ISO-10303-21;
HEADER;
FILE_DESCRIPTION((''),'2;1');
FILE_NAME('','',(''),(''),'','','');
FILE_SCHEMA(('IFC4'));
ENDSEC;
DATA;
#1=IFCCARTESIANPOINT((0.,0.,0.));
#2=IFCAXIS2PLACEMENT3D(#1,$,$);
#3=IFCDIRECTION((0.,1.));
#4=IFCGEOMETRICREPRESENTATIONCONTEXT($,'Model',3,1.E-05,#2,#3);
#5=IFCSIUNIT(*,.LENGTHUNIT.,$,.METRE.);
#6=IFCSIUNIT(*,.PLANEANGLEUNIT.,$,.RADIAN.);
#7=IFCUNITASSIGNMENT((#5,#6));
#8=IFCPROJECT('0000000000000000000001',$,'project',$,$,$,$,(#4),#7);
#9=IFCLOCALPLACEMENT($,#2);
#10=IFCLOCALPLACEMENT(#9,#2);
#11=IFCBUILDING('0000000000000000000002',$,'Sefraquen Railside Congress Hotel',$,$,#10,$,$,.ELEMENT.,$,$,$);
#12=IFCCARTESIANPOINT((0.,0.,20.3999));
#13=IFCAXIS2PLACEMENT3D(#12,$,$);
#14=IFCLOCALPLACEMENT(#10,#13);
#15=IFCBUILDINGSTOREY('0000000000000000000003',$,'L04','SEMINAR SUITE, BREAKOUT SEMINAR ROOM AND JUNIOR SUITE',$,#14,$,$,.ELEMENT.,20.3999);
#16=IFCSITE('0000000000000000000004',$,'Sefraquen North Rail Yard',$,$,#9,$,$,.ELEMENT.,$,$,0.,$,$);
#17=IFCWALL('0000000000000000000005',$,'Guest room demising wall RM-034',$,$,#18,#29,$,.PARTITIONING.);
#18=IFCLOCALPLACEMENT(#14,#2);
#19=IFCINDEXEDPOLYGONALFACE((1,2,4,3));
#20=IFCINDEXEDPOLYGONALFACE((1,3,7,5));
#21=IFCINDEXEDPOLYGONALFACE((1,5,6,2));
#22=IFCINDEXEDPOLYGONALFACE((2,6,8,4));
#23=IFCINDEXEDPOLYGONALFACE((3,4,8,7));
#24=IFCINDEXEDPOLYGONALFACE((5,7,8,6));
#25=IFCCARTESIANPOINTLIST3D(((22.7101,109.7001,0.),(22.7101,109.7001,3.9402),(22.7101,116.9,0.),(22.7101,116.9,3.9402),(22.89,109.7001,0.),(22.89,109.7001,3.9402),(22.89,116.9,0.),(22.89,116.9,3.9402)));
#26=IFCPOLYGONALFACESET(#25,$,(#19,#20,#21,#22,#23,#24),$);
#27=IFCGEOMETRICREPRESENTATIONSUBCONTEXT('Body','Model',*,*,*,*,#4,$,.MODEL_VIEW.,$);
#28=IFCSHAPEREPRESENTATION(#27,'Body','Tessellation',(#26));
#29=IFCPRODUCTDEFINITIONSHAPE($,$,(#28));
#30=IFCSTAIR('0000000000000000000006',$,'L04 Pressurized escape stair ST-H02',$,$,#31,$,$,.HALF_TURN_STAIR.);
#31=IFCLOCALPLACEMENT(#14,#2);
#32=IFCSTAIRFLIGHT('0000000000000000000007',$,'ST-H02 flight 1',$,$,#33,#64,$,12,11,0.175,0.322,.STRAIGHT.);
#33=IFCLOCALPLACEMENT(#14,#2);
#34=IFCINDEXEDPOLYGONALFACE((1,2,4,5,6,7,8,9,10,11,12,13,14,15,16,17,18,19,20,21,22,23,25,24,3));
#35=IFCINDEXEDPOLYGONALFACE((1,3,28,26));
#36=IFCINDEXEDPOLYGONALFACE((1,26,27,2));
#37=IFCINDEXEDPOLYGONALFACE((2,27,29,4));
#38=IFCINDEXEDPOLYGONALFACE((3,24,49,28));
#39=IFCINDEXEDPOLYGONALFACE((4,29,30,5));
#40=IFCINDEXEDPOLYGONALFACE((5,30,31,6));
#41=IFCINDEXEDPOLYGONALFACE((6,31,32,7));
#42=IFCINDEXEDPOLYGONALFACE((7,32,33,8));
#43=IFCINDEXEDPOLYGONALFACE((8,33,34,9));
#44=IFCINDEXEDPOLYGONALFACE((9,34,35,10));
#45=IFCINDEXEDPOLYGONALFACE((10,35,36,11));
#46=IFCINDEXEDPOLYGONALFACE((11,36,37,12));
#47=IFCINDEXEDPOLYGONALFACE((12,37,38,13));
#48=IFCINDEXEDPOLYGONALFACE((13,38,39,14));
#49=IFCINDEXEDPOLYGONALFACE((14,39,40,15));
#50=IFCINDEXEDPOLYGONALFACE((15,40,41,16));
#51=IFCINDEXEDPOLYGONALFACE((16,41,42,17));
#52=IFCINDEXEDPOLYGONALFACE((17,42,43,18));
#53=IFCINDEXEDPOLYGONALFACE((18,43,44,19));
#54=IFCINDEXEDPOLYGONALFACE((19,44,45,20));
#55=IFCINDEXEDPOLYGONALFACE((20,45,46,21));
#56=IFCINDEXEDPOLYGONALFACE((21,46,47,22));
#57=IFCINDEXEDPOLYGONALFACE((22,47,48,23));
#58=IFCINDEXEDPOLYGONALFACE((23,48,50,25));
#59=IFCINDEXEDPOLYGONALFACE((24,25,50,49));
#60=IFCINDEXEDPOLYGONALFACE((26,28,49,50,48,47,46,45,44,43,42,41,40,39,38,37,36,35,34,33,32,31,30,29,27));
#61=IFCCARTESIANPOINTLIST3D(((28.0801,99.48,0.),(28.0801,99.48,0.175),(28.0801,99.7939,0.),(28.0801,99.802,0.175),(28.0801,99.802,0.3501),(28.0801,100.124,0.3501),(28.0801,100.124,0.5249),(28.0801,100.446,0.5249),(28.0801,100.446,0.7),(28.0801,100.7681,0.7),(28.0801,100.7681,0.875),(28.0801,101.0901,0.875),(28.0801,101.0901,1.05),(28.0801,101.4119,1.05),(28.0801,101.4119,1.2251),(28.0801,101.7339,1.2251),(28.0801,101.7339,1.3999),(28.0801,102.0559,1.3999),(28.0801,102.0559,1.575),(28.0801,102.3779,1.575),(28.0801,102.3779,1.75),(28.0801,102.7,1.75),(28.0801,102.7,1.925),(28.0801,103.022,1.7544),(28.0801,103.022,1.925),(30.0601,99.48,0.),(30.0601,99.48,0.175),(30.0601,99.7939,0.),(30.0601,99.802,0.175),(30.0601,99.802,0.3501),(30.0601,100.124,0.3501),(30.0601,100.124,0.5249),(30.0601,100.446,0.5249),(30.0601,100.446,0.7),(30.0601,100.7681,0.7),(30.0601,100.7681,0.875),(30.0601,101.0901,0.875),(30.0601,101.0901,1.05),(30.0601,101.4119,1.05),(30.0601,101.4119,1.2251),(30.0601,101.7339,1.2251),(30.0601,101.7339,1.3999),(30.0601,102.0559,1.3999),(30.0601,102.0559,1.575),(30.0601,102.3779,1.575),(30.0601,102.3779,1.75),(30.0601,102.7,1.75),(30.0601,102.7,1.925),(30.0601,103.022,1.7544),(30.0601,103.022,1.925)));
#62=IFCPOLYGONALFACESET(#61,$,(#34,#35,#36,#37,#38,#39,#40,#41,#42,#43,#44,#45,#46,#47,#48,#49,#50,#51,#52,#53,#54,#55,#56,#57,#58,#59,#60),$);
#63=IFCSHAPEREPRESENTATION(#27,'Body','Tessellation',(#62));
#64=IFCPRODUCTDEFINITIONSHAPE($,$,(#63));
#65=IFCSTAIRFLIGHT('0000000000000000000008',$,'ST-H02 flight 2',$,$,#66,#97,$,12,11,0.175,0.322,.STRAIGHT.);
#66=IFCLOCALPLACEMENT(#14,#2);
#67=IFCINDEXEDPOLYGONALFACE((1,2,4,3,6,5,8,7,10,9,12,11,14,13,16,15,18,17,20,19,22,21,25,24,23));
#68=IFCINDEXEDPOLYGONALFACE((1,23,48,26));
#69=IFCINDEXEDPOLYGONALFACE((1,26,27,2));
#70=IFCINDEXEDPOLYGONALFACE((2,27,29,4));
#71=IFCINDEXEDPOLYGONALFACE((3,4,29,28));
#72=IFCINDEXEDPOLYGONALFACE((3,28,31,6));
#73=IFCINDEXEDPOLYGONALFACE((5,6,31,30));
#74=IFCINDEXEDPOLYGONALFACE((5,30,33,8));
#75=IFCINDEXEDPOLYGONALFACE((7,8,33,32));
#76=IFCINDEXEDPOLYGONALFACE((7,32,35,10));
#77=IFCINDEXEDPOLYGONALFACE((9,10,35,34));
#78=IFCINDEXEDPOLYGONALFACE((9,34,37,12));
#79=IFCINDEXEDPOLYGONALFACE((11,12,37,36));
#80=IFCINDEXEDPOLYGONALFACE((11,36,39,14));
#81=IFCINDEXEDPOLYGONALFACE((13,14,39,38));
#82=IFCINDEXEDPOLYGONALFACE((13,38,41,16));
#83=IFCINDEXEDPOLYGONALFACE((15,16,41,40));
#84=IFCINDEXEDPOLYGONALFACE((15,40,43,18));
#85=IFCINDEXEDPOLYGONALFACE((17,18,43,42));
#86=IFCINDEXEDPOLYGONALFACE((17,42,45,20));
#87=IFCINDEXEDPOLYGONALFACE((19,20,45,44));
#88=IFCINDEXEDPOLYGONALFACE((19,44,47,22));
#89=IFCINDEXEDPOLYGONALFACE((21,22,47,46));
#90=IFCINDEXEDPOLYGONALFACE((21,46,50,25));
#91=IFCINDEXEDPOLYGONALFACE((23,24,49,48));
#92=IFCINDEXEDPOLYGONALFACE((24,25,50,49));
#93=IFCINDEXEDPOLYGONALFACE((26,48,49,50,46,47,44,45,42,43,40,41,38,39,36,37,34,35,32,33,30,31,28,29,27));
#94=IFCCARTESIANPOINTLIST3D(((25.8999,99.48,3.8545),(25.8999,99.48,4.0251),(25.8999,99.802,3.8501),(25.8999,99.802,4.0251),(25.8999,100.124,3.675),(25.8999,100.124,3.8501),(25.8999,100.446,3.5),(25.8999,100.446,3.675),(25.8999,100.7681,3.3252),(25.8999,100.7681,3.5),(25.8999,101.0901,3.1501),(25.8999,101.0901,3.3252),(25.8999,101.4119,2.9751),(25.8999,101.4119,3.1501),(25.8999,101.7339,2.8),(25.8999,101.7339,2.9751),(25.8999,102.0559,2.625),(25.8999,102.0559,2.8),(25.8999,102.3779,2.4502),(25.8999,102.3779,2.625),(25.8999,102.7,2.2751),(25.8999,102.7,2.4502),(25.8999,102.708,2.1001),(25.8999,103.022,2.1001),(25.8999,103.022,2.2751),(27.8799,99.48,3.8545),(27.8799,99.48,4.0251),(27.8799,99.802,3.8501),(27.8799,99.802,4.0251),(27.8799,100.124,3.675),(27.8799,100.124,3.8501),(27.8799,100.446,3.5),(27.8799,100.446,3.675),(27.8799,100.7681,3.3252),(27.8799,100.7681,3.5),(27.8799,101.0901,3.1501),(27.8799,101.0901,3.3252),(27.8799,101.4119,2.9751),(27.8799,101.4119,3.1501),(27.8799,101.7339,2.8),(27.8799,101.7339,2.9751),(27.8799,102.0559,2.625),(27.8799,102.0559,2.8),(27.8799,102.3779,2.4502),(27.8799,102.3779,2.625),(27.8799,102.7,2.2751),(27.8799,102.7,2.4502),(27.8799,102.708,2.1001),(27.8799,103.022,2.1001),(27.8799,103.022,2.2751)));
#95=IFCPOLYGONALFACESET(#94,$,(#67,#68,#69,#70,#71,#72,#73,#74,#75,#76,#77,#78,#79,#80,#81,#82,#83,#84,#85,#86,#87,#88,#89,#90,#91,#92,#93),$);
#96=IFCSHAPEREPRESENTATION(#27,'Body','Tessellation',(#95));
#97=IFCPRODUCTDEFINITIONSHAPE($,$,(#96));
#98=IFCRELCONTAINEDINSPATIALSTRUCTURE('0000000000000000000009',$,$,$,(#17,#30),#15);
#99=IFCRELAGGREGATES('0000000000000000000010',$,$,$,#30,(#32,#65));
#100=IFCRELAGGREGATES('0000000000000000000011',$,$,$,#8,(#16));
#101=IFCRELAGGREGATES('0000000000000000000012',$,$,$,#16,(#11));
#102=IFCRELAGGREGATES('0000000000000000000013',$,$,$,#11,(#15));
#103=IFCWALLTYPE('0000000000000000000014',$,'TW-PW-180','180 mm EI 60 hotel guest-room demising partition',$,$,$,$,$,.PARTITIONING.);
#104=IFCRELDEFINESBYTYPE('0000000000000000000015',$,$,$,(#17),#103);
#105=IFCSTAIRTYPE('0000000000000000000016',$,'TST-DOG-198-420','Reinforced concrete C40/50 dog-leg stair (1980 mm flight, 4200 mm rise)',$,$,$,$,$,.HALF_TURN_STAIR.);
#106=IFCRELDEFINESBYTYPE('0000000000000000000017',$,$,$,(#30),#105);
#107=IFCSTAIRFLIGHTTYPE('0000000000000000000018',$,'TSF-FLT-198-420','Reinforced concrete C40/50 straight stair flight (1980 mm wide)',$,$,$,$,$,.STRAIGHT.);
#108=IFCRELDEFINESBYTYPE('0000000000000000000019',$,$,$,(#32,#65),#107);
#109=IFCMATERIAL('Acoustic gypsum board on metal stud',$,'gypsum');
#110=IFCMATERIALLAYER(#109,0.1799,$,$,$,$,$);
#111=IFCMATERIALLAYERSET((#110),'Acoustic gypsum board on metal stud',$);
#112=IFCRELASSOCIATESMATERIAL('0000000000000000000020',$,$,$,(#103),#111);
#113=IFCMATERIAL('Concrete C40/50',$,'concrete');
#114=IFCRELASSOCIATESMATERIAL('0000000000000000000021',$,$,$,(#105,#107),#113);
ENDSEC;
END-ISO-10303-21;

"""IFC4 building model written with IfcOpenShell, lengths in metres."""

from ifc_helpers import new_model, si_unit, direction, frame, frame_2d, origin, place, context, subcontext, project, spatial, polyline, rectangle, outline, extrude, material, layer, layer_set, type_object, element, aggregate, save


model = new_model("IFC4")

# Units and contexts
model_context = context("Model", 3, precision=1e-05, world=origin(), true_north=direction((0.0, 1.0)))
body_context = subcontext(model_context, "Body", "Model", "MODEL_VIEW")
ifc_project = project(units=[si_unit("LENGTHUNIT", "METRE"), si_unit("PLANEANGLEUNIT", "RADIAN")], contexts=[model_context])

# Site, building, storey
site_placement = place(None, origin())
site = spatial("IfcSite", under=ifc_project, at=site_placement, Name="Sefraquen North Rail Yard", CompositionType="ELEMENT", RefElevation=0.0)
building_placement = place(site_placement, origin())
building = spatial("IfcBuilding", under=site, at=building_placement, Name="Sefraquen Railside Congress Hotel", CompositionType="ELEMENT")
storey_placement = place(building_placement, frame((0.0, 0.0, 20.3999)))
storey = spatial("IfcBuildingStorey", under=building, at=storey_placement, Name="L04", Description="SEMINAR SUITE, BREAKOUT SEMINAR ROOM AND JUNIOR SUITE", CompositionType="ELEMENT", Elevation=20.3999)

# Wall
ifc_material_1 = material(Name="Acoustic gypsum board on metal stud", Category="gypsum")
ifc_layer_1 = layer(ifc_material_1, 0.1799)
ifc_layer_set_1 = layer_set([ifc_layer_1], Name="Acoustic gypsum board on metal stud")
wall_type_1 = type_object("IfcWallType", Name="TW-PW-180", Description="180 mm EI 60 hotel guest-room demising partition", PredefinedType="PARTITIONING", material=ifc_layer_set_1)
wall_1_placement = place(storey_placement, frame((22.8, 109.7, 0.0), z_axis=(0.0, 0.0, 1.0), x_axis=(0.0, 1.0, 0.0)))
element("IfcWall", 1, at=wall_1_placement, inside=storey, type_object=wall_type_1, Name="Guest room demising wall RM-034", PredefinedType="PARTITIONING", context=body_context, shape_type="SweptSolid", body=[
    extrude(rectangle(XDim=7.2, YDim=0.1799, at=frame_2d((3.6001, 0.0))), origin(), (0.0, 0.0, 1.0), 3.9402),
])

# Stair, stair flights
ifc_material_2 = material(Name="Concrete C40/50", Category="concrete")
stair_type = type_object("IfcStairType", Name="TST-DOG-198-420", Description="Reinforced concrete C40/50 dog-leg stair (1980 mm flight, 4200 mm rise)", PredefinedType="HALF_TURN_STAIR", material=ifc_material_2)
stair_placement = place(storey_placement, origin())
stair = element("IfcStair", 2, at=stair_placement, inside=storey, type_object=stair_type, Name="L04 Pressurized escape stair ST-H02", PredefinedType="HALF_TURN_STAIR")
stair_flight_type = type_object("IfcStairFlightType", Name="TSF-FLT-198-420", Description="Reinforced concrete C40/50 straight stair flight (1980 mm wide)", PredefinedType="STRAIGHT", material=ifc_material_2)
stair_flight_1_placement = place(storey_placement, frame((29.0701, 99.48, 0.0), z_axis=(0.0, 0.0, 1.0), x_axis=(0.0, 1.0, 0.0)))
stair_flight_1 = element("IfcStairFlight", 3, at=stair_flight_1_placement, type_object=stair_flight_type, Name="ST-H02 flight 1", NumberOfRisers=12, NumberOfTreads=11, PredefinedType="STRAIGHT", RiserHeight=0.175, TreadLength=0.322, context=body_context, shape_type="SweptSolid", body=[
    extrude(outline(polyline([(0.0, 0.0), (0.0, 0.175), (0.322, 0.175), (0.322, 0.3501), (0.644, 0.3501), (0.644, 0.5249), (0.9661, 0.5249), (0.9661, 0.7), (1.2881, 0.7), (1.2881, 0.875), (1.6101, 0.875), (1.6101, 1.05), (1.9319, 1.05), (1.9319, 1.2251), (2.2539, 1.2251), (2.2539, 1.3999), (2.5759, 1.3999), (2.5759, 1.575), (2.8979, 1.575), (2.8979, 1.75), (3.22, 1.75), (3.22, 1.925), (3.542, 1.925), (3.542, 2.1001), (3.542, 1.7544), (0.314, 0.0), (0.0, 0.0)])), frame((0.0, 0.99, 0.0), z_axis=(0.0, -1.0, 0.0), x_axis=(1.0, 0.0, 0.0)), (0.0, 0.0, 1.0), 1.98),
])
stair_flight_2_placement = place(storey_placement, frame((26.8899, 103.022, 2.1001), z_axis=(0.0, 0.0, 1.0), x_axis=(0.0, -1.0, 0.0)))
stair_flight_2 = element("IfcStairFlight", 4, at=stair_flight_2_placement, type_object=stair_flight_type, Name="ST-H02 flight 2", NumberOfRisers=12, NumberOfTreads=11, PredefinedType="STRAIGHT", RiserHeight=0.175, TreadLength=0.322, context=body_context, shape_type="SweptSolid", body=[
    extrude(outline(polyline([(0.0, 0.0), (0.0, 0.175), (0.322, 0.175), (0.322, 0.3501), (0.644, 0.3501), (0.644, 0.5249), (0.9661, 0.5249), (0.9661, 0.7), (1.2881, 0.7), (1.2881, 0.875), (1.6101, 0.875), (1.6101, 1.05), (1.9319, 1.05), (1.9319, 1.2251), (2.2539, 1.2251), (2.2539, 1.3999), (2.5759, 1.3999), (2.5759, 1.575), (2.8979, 1.575), (2.8979, 1.75), (3.22, 1.75), (3.22, 1.925), (3.542, 1.925), (3.542, 2.1001), (3.542, 1.7544), (0.314, 0.0), (0.0, 0.0)])), frame((0.0, 0.99, 0.0), z_axis=(0.0, -1.0, 0.0), x_axis=(1.0, 0.0, 0.0)), (0.0, 0.0, 1.0), 1.98),
])
aggregate(stair, [stair_flight_1, stair_flight_2])

save(model, "model.ifc")
